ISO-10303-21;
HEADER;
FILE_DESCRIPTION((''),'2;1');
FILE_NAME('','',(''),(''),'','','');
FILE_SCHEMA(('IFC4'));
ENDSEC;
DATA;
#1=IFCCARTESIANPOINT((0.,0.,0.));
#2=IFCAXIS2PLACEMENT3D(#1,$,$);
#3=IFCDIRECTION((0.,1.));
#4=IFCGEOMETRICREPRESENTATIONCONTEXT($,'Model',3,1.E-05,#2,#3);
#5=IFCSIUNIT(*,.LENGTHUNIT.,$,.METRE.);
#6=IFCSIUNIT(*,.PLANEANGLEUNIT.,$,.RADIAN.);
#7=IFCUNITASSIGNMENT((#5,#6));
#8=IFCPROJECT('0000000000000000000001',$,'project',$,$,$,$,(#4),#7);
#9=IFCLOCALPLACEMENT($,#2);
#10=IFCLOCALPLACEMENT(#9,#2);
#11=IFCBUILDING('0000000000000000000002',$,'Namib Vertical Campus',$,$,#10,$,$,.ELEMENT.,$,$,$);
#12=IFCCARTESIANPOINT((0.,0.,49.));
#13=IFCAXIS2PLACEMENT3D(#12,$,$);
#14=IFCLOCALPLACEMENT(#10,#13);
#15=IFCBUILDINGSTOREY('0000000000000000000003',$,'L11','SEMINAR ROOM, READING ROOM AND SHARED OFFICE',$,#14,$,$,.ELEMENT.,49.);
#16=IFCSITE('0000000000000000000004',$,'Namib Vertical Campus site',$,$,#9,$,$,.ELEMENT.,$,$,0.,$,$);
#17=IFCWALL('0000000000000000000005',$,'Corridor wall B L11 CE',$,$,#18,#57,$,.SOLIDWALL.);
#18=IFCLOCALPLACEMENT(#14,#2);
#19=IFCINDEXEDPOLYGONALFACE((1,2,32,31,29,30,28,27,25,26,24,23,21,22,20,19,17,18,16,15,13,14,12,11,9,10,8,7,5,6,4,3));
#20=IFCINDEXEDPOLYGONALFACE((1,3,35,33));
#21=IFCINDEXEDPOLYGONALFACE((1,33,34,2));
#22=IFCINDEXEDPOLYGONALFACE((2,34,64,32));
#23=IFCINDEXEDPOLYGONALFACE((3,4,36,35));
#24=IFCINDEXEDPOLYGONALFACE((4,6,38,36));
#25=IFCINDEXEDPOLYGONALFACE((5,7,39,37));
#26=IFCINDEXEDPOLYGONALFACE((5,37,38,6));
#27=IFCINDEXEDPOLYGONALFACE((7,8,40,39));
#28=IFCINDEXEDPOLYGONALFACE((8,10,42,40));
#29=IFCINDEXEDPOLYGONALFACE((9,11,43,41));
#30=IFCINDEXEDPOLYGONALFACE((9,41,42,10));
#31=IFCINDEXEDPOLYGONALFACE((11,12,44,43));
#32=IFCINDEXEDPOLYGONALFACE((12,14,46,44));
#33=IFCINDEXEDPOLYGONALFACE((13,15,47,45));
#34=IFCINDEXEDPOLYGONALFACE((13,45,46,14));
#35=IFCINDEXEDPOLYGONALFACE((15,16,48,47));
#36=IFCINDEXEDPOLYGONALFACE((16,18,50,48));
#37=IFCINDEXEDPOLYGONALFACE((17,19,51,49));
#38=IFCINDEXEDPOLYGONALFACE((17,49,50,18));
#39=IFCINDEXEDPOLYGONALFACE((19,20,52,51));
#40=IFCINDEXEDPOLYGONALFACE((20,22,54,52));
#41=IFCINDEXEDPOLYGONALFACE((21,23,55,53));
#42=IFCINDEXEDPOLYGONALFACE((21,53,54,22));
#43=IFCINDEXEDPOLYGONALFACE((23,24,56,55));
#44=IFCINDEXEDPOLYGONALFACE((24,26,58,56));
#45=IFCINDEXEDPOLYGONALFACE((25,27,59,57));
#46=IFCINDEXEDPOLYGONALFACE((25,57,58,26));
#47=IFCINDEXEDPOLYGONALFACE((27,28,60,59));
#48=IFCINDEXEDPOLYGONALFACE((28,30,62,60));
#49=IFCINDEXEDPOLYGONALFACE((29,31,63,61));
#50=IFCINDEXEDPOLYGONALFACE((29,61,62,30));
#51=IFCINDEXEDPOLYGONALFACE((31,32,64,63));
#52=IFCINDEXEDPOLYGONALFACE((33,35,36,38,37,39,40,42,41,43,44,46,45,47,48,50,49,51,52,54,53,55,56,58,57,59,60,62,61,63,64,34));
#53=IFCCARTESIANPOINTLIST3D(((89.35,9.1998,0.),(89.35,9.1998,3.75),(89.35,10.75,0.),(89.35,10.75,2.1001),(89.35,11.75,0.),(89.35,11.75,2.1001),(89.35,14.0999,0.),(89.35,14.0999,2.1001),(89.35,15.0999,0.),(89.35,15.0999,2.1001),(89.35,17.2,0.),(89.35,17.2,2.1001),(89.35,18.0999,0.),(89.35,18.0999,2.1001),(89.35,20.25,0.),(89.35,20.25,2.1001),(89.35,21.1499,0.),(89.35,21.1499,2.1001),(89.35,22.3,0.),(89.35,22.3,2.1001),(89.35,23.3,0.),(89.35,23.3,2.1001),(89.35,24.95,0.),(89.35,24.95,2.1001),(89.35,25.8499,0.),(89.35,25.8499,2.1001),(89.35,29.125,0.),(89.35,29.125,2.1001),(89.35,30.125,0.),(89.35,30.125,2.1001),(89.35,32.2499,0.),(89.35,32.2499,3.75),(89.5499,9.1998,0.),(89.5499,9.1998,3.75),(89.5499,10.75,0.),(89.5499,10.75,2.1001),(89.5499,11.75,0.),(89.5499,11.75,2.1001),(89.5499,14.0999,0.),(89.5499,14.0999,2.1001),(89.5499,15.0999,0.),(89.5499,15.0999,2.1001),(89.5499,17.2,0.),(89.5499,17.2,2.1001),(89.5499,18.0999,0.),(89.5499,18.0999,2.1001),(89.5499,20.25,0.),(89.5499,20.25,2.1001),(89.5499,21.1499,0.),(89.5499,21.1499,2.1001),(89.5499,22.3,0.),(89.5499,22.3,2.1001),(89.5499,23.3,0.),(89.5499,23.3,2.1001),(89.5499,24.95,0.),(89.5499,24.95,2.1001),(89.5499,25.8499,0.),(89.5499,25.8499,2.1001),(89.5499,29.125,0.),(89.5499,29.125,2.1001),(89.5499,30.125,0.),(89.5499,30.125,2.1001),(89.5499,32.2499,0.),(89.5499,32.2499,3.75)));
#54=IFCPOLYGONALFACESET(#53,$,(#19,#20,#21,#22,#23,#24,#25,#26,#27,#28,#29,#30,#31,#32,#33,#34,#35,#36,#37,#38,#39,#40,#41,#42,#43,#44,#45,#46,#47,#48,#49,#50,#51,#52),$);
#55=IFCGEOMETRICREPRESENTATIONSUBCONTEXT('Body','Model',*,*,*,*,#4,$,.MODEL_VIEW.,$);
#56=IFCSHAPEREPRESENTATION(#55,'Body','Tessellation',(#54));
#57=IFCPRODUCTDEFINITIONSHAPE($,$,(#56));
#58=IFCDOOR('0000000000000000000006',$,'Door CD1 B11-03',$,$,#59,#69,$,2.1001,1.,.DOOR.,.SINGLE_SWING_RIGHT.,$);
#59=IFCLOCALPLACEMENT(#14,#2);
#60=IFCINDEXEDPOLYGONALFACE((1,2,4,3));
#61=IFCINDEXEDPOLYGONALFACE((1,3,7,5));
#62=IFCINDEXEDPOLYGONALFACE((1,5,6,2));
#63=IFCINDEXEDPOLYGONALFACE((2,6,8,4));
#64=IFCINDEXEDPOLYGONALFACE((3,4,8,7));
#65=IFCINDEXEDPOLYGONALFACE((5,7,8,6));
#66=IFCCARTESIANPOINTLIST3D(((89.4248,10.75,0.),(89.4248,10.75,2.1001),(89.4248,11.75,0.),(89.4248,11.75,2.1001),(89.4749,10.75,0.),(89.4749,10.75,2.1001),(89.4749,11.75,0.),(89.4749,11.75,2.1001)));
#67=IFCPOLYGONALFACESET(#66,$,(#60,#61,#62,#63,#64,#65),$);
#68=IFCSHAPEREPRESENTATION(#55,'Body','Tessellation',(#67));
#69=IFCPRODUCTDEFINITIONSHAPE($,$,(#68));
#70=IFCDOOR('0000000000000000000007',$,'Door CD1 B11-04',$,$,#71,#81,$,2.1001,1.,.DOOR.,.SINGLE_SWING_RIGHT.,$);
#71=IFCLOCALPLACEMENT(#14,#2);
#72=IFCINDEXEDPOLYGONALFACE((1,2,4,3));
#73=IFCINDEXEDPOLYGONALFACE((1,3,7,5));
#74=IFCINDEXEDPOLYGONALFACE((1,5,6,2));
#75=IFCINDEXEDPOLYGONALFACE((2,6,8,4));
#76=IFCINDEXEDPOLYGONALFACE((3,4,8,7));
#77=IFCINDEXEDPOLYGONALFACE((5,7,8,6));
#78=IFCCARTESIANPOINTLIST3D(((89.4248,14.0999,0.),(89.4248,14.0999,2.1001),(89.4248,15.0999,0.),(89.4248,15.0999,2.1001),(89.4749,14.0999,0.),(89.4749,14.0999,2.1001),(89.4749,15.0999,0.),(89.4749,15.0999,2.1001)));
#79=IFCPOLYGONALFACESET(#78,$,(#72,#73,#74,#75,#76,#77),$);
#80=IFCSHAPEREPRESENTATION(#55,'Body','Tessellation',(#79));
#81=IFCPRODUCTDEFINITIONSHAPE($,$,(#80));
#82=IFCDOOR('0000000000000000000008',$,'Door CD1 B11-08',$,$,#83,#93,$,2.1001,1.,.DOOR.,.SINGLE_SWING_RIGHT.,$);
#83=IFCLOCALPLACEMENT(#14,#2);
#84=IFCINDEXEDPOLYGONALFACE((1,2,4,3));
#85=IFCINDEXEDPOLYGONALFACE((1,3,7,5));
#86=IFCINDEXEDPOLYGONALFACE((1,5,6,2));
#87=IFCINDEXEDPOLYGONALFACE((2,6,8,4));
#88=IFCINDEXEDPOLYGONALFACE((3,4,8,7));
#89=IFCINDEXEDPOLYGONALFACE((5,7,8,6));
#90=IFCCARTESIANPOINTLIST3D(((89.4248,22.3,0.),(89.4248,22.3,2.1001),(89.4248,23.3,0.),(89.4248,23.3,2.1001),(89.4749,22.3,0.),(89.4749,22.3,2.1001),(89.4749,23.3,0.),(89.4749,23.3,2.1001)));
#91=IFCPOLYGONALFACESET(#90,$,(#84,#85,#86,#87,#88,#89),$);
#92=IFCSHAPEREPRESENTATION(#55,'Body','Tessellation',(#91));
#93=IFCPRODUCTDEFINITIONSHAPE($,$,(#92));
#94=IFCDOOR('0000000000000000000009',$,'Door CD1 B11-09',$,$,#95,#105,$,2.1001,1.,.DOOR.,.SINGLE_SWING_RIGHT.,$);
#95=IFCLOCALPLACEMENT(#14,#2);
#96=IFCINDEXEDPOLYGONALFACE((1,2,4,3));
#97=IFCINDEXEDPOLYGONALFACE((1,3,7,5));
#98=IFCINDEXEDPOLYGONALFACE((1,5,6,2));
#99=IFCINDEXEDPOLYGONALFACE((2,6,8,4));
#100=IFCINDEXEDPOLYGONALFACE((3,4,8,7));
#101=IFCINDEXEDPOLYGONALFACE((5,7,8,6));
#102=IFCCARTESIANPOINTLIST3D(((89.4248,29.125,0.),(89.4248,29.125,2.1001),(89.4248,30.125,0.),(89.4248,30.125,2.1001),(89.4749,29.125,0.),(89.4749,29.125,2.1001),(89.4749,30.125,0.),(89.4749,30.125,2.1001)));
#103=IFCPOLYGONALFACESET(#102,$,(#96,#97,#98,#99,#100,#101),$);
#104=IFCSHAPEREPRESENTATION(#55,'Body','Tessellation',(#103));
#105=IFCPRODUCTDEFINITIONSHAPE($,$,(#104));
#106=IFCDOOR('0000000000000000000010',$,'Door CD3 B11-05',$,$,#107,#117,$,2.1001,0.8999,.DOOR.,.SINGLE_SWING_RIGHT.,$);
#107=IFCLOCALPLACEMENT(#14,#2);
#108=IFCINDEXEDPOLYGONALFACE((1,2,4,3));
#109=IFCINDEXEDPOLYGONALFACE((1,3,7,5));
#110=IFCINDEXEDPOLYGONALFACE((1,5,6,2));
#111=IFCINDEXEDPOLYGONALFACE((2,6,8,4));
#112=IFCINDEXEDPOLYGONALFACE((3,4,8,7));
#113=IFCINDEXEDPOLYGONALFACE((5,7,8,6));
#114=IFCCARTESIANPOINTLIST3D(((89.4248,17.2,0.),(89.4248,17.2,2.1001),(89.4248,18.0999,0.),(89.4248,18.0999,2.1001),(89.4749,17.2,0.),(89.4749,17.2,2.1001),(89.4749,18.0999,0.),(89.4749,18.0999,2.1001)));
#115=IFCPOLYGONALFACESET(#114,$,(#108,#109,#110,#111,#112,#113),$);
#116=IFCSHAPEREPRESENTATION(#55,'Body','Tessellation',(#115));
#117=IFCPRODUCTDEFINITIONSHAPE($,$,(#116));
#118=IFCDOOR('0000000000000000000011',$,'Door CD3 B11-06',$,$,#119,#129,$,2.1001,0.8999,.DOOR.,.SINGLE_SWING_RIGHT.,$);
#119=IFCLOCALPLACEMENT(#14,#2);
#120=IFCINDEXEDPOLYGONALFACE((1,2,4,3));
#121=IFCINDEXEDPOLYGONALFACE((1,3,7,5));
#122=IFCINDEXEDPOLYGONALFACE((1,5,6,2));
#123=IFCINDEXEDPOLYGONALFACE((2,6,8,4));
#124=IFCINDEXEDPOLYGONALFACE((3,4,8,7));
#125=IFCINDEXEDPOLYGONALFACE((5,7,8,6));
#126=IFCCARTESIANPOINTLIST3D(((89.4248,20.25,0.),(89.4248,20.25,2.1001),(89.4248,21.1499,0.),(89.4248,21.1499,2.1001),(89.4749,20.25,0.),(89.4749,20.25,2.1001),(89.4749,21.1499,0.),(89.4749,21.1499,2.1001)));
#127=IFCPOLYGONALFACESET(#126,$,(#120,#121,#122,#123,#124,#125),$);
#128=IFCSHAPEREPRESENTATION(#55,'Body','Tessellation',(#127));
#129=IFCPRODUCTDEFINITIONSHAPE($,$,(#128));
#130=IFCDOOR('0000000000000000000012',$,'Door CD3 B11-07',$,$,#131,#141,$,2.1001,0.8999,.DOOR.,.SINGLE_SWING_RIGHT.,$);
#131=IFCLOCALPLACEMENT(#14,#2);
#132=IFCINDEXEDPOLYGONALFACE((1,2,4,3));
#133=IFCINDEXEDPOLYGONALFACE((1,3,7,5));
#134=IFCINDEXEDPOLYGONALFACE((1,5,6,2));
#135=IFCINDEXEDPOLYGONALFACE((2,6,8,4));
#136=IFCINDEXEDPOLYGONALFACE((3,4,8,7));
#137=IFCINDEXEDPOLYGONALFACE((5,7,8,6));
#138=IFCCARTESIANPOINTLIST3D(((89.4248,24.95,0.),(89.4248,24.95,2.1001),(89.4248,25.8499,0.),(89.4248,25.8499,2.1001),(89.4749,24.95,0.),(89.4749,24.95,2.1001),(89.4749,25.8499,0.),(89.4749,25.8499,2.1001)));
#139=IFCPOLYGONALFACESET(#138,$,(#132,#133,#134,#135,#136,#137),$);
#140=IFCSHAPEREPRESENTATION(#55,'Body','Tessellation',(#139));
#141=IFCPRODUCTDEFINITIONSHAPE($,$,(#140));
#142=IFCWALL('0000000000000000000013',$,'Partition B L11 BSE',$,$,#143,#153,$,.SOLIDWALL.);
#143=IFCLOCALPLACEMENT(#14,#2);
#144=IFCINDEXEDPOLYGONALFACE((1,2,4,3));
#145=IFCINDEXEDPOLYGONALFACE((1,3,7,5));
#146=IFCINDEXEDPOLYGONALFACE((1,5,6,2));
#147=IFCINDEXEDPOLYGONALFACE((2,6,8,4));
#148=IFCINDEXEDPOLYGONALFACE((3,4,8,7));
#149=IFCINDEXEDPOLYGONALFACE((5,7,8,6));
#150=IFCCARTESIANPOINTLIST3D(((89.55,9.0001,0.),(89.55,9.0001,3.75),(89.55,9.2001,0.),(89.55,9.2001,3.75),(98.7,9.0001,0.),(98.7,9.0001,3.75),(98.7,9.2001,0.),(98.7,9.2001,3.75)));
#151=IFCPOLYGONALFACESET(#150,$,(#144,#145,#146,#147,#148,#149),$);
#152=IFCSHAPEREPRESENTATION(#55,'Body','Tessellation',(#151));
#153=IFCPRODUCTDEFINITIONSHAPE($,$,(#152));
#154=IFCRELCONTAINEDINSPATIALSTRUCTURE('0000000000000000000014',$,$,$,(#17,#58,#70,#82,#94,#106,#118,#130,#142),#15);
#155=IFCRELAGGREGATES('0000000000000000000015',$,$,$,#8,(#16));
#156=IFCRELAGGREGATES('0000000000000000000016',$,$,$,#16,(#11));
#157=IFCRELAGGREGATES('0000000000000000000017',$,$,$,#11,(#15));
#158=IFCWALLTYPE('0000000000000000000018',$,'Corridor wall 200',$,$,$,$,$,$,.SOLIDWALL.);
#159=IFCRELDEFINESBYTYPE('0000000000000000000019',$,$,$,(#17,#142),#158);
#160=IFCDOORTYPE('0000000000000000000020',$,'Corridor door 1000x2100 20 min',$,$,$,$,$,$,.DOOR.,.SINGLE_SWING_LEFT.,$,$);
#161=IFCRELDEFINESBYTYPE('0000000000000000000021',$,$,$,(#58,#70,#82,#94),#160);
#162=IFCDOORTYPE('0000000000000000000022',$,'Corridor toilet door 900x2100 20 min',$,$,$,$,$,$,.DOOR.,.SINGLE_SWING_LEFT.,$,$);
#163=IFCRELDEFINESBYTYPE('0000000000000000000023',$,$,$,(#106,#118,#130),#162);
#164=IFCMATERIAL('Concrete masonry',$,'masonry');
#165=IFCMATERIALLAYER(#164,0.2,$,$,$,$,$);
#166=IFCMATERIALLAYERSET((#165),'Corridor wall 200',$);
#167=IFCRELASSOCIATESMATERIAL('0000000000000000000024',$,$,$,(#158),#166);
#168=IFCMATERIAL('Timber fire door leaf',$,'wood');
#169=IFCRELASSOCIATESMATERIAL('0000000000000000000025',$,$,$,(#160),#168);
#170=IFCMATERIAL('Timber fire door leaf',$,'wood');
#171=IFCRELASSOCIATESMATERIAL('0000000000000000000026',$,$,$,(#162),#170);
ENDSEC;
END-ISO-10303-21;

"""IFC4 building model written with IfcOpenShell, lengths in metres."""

from ifc_helpers import new_model, si_unit, direction, frame, frame_2d, origin, place, context, subcontext, project, spatial, rectangle, extrude, material, layer, layer_set, type_object, element, fill, save


model = new_model("IFC4")

# Units and contexts
model_context = context("Model", 3, precision=1e-05, world=origin(), true_north=direction((0.0, 1.0)))
body_context = subcontext(model_context, "Body", "Model", "MODEL_VIEW")
ifc_project = project(units=[si_unit("LENGTHUNIT", "METRE"), si_unit("PLANEANGLEUNIT", "RADIAN")], contexts=[model_context])

# Site, building, storey
site_placement = place(None, origin())
site = spatial("IfcSite", under=ifc_project, at=site_placement, Name="Namib Vertical Campus site", CompositionType="ELEMENT", RefElevation=0.0)
building_placement = place(site_placement, origin())
building = spatial("IfcBuilding", under=site, at=building_placement, Name="Namib Vertical Campus", CompositionType="ELEMENT")
storey_placement = place(building_placement, frame((0.0, 0.0, 49.0)))
storey = spatial("IfcBuildingStorey", under=building, at=storey_placement, Name="L11", Description="SEMINAR ROOM, READING ROOM AND SHARED OFFICE", CompositionType="ELEMENT", Elevation=49.0)

# Wall, openings, doors
ifc_material_1 = material(Name="Concrete masonry", Category="masonry")
ifc_layer_1 = layer(ifc_material_1, 0.2)
ifc_layer_set_1 = layer_set([ifc_layer_1], Name="Corridor wall 200")
wall_type_1 = type_object("IfcWallType", Name="Corridor wall 200", PredefinedType="SOLIDWALL", material=ifc_layer_set_1)
wall_1_placement = place(storey_placement, frame((89.45, 9.2, 0.0), z_axis=(0.0, 0.0, 1.0), x_axis=(0.0, 1.0, 0.0)))
wall_1 = element("IfcWall", 1, at=wall_1_placement, inside=storey, type_object=wall_type_1, Name="Corridor wall B L11 CE", PredefinedType="SOLIDWALL", context=body_context, shape_type="SweptSolid", body=[
    extrude(rectangle(XDim=23.05, YDim=0.2, at=frame_2d((11.5249, 0.0))), origin(), (0.0, 0.0, 1.0), 3.75),
])
opening_1_placement = place(wall_1_placement, frame((1.55, 0.0, 0.0)))
opening_1 = element("IfcOpeningElement", 2, at=opening_1_placement, cuts=wall_1, PredefinedType="OPENING", context=body_context, shape_type="SweptSolid", body=[
    extrude(rectangle(XDim=1.0, YDim=2.1001, at=frame_2d((0.5, 1.05))), frame((0.0, 0.1099, 0.0), z_axis=(0.0, -1.0, 0.0), x_axis=(1.0, 0.0, 0.0)), (0.0, 0.0, 1.0), 0.22),
])
opening_2_placement = place(wall_1_placement, frame((4.8999, 0.0, 0.0)))
opening_2 = element("IfcOpeningElement", 3, at=opening_2_placement, cuts=wall_1, PredefinedType="OPENING", context=body_context, shape_type="SweptSolid", body=[
    extrude(rectangle(XDim=1.0, YDim=2.1001, at=frame_2d((0.5, 1.05))), frame((0.0, 0.1099, 0.0), z_axis=(0.0, -1.0, 0.0), x_axis=(1.0, 0.0, 0.0)), (0.0, 0.0, 1.0), 0.22),
])
opening_3_placement = place(wall_1_placement, frame((8.0, 0.0, 0.0)))
opening_3 = element("IfcOpeningElement", 4, at=opening_3_placement, cuts=wall_1, PredefinedType="OPENING", context=body_context, shape_type="SweptSolid", body=[
    extrude(rectangle(XDim=0.8999, YDim=2.1001, at=frame_2d((0.45, 1.05))), frame((0.0, 0.1099, 0.0), z_axis=(0.0, -1.0, 0.0), x_axis=(1.0, 0.0, 0.0)), (0.0, 0.0, 1.0), 0.22),
])
opening_4_placement = place(wall_1_placement, frame((11.05, 0.0, 0.0)))
opening_4 = element("IfcOpeningElement", 5, at=opening_4_placement, cuts=wall_1, PredefinedType="OPENING", context=body_context, shape_type="SweptSolid", body=[
    extrude(rectangle(XDim=0.8999, YDim=2.1001, at=frame_2d((0.45, 1.05))), frame((0.0, 0.1099, 0.0), z_axis=(0.0, -1.0, 0.0), x_axis=(1.0, 0.0, 0.0)), (0.0, 0.0, 1.0), 0.22),
])
opening_5_placement = place(wall_1_placement, frame((15.75, 0.0, 0.0)))
opening_5 = element("IfcOpeningElement", 6, at=opening_5_placement, cuts=wall_1, PredefinedType="OPENING", context=body_context, shape_type="SweptSolid", body=[
    extrude(rectangle(XDim=0.8999, YDim=2.1001, at=frame_2d((0.45, 1.05))), frame((0.0, 0.1099, 0.0), z_axis=(0.0, -1.0, 0.0), x_axis=(1.0, 0.0, 0.0)), (0.0, 0.0, 1.0), 0.22),
])
opening_6_placement = place(wall_1_placement, frame((13.1001, 0.0, 0.0)))
opening_6 = element("IfcOpeningElement", 7, at=opening_6_placement, cuts=wall_1, PredefinedType="OPENING", context=body_context, shape_type="SweptSolid", body=[
    extrude(rectangle(XDim=1.0, YDim=2.1001, at=frame_2d((0.5, 1.05))), frame((0.0, 0.1099, 0.0), z_axis=(0.0, -1.0, 0.0), x_axis=(1.0, 0.0, 0.0)), (0.0, 0.0, 1.0), 0.22),
])
opening_7_placement = place(wall_1_placement, frame((19.925, 0.0, 0.0)))
opening_7 = element("IfcOpeningElement", 8, at=opening_7_placement, cuts=wall_1, PredefinedType="OPENING", context=body_context, shape_type="SweptSolid", body=[
    extrude(rectangle(XDim=1.0, YDim=2.1001, at=frame_2d((0.5, 1.05))), frame((0.0, 0.1099, 0.0), z_axis=(0.0, -1.0, 0.0), x_axis=(1.0, 0.0, 0.0)), (0.0, 0.0, 1.0), 0.22),
])
ifc_material_2 = material(Name="Timber fire door leaf", Category="wood")
door_type_1 = type_object("IfcDoorType", Name="Corridor door 1000x2100 20 min", OperationType="SINGLE_SWING_LEFT", PredefinedType="DOOR", material=ifc_material_2)
door_1_placement = place(opening_1_placement, frame((1.0, 0.0, 0.0), z_axis=(0.0, 0.0, 1.0), x_axis=(-1.0, 0.0, 0.0)))
door_1 = element("IfcDoor", 9, at=door_1_placement, inside=storey, type_object=door_type_1, Name="Door CD1 B11-03", OperationType="SINGLE_SWING_RIGHT", OverallHeight=2.1001, OverallWidth=1.0, PredefinedType="DOOR", context=body_context, shape_type="SweptSolid", body=[
    extrude(rectangle(XDim=1.0, YDim=2.1001, at=frame_2d((0.5, 1.05))), frame((0.0, 0.0249, 0.0), z_axis=(0.0, -1.0, 0.0), x_axis=(1.0, 0.0, 0.0)), (0.0, 0.0, 1.0), 0.05),
])
fill(opening_1, door_1)
door_2_placement = place(opening_2_placement, frame((1.0, 0.0, 0.0), z_axis=(0.0, 0.0, 1.0), x_axis=(-1.0, 0.0, 0.0)))
door_2 = element("IfcDoor", 10, at=door_2_placement, inside=storey, type_object=door_type_1, Name="Door CD1 B11-04", OperationType="SINGLE_SWING_RIGHT", OverallHeight=2.1001, OverallWidth=1.0, PredefinedType="DOOR", context=body_context, shape_type="SweptSolid", body=[
    extrude(rectangle(XDim=1.0, YDim=2.1001, at=frame_2d((0.5, 1.05))), frame((0.0, 0.0249, 0.0), z_axis=(0.0, -1.0, 0.0), x_axis=(1.0, 0.0, 0.0)), (0.0, 0.0, 1.0), 0.05),
])
fill(opening_2, door_2)
door_3_placement = place(opening_6_placement, frame((1.0, 0.0, 0.0), z_axis=(0.0, 0.0, 1.0), x_axis=(-1.0, 0.0, 0.0)))
door_3 = element("IfcDoor", 11, at=door_3_placement, inside=storey, type_object=door_type_1, Name="Door CD1 B11-08", OperationType="SINGLE_SWING_RIGHT", OverallHeight=2.1001, OverallWidth=1.0, PredefinedType="DOOR", context=body_context, shape_type="SweptSolid", body=[
    extrude(rectangle(XDim=1.0, YDim=2.1001, at=frame_2d((0.5, 1.05))), frame((0.0, 0.0249, 0.0), z_axis=(0.0, -1.0, 0.0), x_axis=(1.0, 0.0, 0.0)), (0.0, 0.0, 1.0), 0.05),
])
fill(opening_6, door_3)
door_4_placement = place(opening_7_placement, frame((1.0, 0.0, 0.0), z_axis=(0.0, 0.0, 1.0), x_axis=(-1.0, 0.0, 0.0)))
door_4 = element("IfcDoor", 12, at=door_4_placement, inside=storey, type_object=door_type_1, Name="Door CD1 B11-09", OperationType="SINGLE_SWING_RIGHT", OverallHeight=2.1001, OverallWidth=1.0, PredefinedType="DOOR", context=body_context, shape_type="SweptSolid", body=[
    extrude(rectangle(XDim=1.0, YDim=2.1001, at=frame_2d((0.5, 1.05))), frame((0.0, 0.0249, 0.0), z_axis=(0.0, -1.0, 0.0), x_axis=(1.0, 0.0, 0.0)), (0.0, 0.0, 1.0), 0.05),
])
fill(opening_7, door_4)
ifc_material_3 = material(Name="Timber fire door leaf", Category="wood")
door_type_2 = type_object("IfcDoorType", Name="Corridor toilet door 900x2100 20 min", OperationType="SINGLE_SWING_LEFT", PredefinedType="DOOR", material=ifc_material_3)
door_5_placement = place(opening_3_placement, frame((0.8999, 0.0, 0.0), z_axis=(0.0, 0.0, 1.0), x_axis=(-1.0, 0.0, 0.0)))
door_5 = element("IfcDoor", 13, at=door_5_placement, inside=storey, type_object=door_type_2, Name="Door CD3 B11-05", OperationType="SINGLE_SWING_RIGHT", OverallHeight=2.1001, OverallWidth=0.8999, PredefinedType="DOOR", context=body_context, shape_type="SweptSolid", body=[
    extrude(rectangle(XDim=0.8999, YDim=2.1001, at=frame_2d((0.45, 1.05))), frame((0.0, 0.0249, 0.0), z_axis=(0.0, -1.0, 0.0), x_axis=(1.0, 0.0, 0.0)), (0.0, 0.0, 1.0), 0.05),
])
fill(opening_3, door_5)
door_6_placement = place(opening_4_placement, frame((0.8999, 0.0, 0.0), z_axis=(0.0, 0.0, 1.0), x_axis=(-1.0, 0.0, 0.0)))
door_6 = element("IfcDoor", 14, at=door_6_placement, inside=storey, type_object=door_type_2, Name="Door CD3 B11-06", OperationType="SINGLE_SWING_RIGHT", OverallHeight=2.1001, OverallWidth=0.8999, PredefinedType="DOOR", context=body_context, shape_type="SweptSolid", body=[
    extrude(rectangle(XDim=0.8999, YDim=2.1001, at=frame_2d((0.45, 1.05))), frame((0.0, 0.0249, 0.0), z_axis=(0.0, -1.0, 0.0), x_axis=(1.0, 0.0, 0.0)), (0.0, 0.0, 1.0), 0.05),
])
fill(opening_4, door_6)
door_7_placement = place(opening_5_placement, frame((0.8999, 0.0, 0.0), z_axis=(0.0, 0.0, 1.0), x_axis=(-1.0, 0.0, 0.0)))
door_7 = element("IfcDoor", 15, at=door_7_placement, inside=storey, type_object=door_type_2, Name="Door CD3 B11-07", OperationType="SINGLE_SWING_RIGHT", OverallHeight=2.1001, OverallWidth=0.8999, PredefinedType="DOOR", context=body_context, shape_type="SweptSolid", body=[
    extrude(rectangle(XDim=0.8999, YDim=2.1001, at=frame_2d((0.45, 1.05))), frame((0.0, 0.0249, 0.0), z_axis=(0.0, -1.0, 0.0), x_axis=(1.0, 0.0, 0.0)), (0.0, 0.0, 1.0), 0.05),
])
fill(opening_5, door_7)

# Wall
wall_2_placement = place(storey_placement, frame((89.55, 9.1001, 0.0), z_axis=(0.0, 0.0, 1.0), x_axis=(1.0, 0.0, 0.0)))
element("IfcWall", 16, at=wall_2_placement, inside=storey, type_object=wall_type_1, Name="Partition B L11 BSE", PredefinedType="SOLIDWALL", context=body_context, shape_type="SweptSolid", body=[
    extrude(rectangle(XDim=9.1499, YDim=0.2, at=frame_2d((4.575, 0.0))), origin(), (0.0, 0.0, 1.0), 3.75),
])

save(model, "model.ifc")
